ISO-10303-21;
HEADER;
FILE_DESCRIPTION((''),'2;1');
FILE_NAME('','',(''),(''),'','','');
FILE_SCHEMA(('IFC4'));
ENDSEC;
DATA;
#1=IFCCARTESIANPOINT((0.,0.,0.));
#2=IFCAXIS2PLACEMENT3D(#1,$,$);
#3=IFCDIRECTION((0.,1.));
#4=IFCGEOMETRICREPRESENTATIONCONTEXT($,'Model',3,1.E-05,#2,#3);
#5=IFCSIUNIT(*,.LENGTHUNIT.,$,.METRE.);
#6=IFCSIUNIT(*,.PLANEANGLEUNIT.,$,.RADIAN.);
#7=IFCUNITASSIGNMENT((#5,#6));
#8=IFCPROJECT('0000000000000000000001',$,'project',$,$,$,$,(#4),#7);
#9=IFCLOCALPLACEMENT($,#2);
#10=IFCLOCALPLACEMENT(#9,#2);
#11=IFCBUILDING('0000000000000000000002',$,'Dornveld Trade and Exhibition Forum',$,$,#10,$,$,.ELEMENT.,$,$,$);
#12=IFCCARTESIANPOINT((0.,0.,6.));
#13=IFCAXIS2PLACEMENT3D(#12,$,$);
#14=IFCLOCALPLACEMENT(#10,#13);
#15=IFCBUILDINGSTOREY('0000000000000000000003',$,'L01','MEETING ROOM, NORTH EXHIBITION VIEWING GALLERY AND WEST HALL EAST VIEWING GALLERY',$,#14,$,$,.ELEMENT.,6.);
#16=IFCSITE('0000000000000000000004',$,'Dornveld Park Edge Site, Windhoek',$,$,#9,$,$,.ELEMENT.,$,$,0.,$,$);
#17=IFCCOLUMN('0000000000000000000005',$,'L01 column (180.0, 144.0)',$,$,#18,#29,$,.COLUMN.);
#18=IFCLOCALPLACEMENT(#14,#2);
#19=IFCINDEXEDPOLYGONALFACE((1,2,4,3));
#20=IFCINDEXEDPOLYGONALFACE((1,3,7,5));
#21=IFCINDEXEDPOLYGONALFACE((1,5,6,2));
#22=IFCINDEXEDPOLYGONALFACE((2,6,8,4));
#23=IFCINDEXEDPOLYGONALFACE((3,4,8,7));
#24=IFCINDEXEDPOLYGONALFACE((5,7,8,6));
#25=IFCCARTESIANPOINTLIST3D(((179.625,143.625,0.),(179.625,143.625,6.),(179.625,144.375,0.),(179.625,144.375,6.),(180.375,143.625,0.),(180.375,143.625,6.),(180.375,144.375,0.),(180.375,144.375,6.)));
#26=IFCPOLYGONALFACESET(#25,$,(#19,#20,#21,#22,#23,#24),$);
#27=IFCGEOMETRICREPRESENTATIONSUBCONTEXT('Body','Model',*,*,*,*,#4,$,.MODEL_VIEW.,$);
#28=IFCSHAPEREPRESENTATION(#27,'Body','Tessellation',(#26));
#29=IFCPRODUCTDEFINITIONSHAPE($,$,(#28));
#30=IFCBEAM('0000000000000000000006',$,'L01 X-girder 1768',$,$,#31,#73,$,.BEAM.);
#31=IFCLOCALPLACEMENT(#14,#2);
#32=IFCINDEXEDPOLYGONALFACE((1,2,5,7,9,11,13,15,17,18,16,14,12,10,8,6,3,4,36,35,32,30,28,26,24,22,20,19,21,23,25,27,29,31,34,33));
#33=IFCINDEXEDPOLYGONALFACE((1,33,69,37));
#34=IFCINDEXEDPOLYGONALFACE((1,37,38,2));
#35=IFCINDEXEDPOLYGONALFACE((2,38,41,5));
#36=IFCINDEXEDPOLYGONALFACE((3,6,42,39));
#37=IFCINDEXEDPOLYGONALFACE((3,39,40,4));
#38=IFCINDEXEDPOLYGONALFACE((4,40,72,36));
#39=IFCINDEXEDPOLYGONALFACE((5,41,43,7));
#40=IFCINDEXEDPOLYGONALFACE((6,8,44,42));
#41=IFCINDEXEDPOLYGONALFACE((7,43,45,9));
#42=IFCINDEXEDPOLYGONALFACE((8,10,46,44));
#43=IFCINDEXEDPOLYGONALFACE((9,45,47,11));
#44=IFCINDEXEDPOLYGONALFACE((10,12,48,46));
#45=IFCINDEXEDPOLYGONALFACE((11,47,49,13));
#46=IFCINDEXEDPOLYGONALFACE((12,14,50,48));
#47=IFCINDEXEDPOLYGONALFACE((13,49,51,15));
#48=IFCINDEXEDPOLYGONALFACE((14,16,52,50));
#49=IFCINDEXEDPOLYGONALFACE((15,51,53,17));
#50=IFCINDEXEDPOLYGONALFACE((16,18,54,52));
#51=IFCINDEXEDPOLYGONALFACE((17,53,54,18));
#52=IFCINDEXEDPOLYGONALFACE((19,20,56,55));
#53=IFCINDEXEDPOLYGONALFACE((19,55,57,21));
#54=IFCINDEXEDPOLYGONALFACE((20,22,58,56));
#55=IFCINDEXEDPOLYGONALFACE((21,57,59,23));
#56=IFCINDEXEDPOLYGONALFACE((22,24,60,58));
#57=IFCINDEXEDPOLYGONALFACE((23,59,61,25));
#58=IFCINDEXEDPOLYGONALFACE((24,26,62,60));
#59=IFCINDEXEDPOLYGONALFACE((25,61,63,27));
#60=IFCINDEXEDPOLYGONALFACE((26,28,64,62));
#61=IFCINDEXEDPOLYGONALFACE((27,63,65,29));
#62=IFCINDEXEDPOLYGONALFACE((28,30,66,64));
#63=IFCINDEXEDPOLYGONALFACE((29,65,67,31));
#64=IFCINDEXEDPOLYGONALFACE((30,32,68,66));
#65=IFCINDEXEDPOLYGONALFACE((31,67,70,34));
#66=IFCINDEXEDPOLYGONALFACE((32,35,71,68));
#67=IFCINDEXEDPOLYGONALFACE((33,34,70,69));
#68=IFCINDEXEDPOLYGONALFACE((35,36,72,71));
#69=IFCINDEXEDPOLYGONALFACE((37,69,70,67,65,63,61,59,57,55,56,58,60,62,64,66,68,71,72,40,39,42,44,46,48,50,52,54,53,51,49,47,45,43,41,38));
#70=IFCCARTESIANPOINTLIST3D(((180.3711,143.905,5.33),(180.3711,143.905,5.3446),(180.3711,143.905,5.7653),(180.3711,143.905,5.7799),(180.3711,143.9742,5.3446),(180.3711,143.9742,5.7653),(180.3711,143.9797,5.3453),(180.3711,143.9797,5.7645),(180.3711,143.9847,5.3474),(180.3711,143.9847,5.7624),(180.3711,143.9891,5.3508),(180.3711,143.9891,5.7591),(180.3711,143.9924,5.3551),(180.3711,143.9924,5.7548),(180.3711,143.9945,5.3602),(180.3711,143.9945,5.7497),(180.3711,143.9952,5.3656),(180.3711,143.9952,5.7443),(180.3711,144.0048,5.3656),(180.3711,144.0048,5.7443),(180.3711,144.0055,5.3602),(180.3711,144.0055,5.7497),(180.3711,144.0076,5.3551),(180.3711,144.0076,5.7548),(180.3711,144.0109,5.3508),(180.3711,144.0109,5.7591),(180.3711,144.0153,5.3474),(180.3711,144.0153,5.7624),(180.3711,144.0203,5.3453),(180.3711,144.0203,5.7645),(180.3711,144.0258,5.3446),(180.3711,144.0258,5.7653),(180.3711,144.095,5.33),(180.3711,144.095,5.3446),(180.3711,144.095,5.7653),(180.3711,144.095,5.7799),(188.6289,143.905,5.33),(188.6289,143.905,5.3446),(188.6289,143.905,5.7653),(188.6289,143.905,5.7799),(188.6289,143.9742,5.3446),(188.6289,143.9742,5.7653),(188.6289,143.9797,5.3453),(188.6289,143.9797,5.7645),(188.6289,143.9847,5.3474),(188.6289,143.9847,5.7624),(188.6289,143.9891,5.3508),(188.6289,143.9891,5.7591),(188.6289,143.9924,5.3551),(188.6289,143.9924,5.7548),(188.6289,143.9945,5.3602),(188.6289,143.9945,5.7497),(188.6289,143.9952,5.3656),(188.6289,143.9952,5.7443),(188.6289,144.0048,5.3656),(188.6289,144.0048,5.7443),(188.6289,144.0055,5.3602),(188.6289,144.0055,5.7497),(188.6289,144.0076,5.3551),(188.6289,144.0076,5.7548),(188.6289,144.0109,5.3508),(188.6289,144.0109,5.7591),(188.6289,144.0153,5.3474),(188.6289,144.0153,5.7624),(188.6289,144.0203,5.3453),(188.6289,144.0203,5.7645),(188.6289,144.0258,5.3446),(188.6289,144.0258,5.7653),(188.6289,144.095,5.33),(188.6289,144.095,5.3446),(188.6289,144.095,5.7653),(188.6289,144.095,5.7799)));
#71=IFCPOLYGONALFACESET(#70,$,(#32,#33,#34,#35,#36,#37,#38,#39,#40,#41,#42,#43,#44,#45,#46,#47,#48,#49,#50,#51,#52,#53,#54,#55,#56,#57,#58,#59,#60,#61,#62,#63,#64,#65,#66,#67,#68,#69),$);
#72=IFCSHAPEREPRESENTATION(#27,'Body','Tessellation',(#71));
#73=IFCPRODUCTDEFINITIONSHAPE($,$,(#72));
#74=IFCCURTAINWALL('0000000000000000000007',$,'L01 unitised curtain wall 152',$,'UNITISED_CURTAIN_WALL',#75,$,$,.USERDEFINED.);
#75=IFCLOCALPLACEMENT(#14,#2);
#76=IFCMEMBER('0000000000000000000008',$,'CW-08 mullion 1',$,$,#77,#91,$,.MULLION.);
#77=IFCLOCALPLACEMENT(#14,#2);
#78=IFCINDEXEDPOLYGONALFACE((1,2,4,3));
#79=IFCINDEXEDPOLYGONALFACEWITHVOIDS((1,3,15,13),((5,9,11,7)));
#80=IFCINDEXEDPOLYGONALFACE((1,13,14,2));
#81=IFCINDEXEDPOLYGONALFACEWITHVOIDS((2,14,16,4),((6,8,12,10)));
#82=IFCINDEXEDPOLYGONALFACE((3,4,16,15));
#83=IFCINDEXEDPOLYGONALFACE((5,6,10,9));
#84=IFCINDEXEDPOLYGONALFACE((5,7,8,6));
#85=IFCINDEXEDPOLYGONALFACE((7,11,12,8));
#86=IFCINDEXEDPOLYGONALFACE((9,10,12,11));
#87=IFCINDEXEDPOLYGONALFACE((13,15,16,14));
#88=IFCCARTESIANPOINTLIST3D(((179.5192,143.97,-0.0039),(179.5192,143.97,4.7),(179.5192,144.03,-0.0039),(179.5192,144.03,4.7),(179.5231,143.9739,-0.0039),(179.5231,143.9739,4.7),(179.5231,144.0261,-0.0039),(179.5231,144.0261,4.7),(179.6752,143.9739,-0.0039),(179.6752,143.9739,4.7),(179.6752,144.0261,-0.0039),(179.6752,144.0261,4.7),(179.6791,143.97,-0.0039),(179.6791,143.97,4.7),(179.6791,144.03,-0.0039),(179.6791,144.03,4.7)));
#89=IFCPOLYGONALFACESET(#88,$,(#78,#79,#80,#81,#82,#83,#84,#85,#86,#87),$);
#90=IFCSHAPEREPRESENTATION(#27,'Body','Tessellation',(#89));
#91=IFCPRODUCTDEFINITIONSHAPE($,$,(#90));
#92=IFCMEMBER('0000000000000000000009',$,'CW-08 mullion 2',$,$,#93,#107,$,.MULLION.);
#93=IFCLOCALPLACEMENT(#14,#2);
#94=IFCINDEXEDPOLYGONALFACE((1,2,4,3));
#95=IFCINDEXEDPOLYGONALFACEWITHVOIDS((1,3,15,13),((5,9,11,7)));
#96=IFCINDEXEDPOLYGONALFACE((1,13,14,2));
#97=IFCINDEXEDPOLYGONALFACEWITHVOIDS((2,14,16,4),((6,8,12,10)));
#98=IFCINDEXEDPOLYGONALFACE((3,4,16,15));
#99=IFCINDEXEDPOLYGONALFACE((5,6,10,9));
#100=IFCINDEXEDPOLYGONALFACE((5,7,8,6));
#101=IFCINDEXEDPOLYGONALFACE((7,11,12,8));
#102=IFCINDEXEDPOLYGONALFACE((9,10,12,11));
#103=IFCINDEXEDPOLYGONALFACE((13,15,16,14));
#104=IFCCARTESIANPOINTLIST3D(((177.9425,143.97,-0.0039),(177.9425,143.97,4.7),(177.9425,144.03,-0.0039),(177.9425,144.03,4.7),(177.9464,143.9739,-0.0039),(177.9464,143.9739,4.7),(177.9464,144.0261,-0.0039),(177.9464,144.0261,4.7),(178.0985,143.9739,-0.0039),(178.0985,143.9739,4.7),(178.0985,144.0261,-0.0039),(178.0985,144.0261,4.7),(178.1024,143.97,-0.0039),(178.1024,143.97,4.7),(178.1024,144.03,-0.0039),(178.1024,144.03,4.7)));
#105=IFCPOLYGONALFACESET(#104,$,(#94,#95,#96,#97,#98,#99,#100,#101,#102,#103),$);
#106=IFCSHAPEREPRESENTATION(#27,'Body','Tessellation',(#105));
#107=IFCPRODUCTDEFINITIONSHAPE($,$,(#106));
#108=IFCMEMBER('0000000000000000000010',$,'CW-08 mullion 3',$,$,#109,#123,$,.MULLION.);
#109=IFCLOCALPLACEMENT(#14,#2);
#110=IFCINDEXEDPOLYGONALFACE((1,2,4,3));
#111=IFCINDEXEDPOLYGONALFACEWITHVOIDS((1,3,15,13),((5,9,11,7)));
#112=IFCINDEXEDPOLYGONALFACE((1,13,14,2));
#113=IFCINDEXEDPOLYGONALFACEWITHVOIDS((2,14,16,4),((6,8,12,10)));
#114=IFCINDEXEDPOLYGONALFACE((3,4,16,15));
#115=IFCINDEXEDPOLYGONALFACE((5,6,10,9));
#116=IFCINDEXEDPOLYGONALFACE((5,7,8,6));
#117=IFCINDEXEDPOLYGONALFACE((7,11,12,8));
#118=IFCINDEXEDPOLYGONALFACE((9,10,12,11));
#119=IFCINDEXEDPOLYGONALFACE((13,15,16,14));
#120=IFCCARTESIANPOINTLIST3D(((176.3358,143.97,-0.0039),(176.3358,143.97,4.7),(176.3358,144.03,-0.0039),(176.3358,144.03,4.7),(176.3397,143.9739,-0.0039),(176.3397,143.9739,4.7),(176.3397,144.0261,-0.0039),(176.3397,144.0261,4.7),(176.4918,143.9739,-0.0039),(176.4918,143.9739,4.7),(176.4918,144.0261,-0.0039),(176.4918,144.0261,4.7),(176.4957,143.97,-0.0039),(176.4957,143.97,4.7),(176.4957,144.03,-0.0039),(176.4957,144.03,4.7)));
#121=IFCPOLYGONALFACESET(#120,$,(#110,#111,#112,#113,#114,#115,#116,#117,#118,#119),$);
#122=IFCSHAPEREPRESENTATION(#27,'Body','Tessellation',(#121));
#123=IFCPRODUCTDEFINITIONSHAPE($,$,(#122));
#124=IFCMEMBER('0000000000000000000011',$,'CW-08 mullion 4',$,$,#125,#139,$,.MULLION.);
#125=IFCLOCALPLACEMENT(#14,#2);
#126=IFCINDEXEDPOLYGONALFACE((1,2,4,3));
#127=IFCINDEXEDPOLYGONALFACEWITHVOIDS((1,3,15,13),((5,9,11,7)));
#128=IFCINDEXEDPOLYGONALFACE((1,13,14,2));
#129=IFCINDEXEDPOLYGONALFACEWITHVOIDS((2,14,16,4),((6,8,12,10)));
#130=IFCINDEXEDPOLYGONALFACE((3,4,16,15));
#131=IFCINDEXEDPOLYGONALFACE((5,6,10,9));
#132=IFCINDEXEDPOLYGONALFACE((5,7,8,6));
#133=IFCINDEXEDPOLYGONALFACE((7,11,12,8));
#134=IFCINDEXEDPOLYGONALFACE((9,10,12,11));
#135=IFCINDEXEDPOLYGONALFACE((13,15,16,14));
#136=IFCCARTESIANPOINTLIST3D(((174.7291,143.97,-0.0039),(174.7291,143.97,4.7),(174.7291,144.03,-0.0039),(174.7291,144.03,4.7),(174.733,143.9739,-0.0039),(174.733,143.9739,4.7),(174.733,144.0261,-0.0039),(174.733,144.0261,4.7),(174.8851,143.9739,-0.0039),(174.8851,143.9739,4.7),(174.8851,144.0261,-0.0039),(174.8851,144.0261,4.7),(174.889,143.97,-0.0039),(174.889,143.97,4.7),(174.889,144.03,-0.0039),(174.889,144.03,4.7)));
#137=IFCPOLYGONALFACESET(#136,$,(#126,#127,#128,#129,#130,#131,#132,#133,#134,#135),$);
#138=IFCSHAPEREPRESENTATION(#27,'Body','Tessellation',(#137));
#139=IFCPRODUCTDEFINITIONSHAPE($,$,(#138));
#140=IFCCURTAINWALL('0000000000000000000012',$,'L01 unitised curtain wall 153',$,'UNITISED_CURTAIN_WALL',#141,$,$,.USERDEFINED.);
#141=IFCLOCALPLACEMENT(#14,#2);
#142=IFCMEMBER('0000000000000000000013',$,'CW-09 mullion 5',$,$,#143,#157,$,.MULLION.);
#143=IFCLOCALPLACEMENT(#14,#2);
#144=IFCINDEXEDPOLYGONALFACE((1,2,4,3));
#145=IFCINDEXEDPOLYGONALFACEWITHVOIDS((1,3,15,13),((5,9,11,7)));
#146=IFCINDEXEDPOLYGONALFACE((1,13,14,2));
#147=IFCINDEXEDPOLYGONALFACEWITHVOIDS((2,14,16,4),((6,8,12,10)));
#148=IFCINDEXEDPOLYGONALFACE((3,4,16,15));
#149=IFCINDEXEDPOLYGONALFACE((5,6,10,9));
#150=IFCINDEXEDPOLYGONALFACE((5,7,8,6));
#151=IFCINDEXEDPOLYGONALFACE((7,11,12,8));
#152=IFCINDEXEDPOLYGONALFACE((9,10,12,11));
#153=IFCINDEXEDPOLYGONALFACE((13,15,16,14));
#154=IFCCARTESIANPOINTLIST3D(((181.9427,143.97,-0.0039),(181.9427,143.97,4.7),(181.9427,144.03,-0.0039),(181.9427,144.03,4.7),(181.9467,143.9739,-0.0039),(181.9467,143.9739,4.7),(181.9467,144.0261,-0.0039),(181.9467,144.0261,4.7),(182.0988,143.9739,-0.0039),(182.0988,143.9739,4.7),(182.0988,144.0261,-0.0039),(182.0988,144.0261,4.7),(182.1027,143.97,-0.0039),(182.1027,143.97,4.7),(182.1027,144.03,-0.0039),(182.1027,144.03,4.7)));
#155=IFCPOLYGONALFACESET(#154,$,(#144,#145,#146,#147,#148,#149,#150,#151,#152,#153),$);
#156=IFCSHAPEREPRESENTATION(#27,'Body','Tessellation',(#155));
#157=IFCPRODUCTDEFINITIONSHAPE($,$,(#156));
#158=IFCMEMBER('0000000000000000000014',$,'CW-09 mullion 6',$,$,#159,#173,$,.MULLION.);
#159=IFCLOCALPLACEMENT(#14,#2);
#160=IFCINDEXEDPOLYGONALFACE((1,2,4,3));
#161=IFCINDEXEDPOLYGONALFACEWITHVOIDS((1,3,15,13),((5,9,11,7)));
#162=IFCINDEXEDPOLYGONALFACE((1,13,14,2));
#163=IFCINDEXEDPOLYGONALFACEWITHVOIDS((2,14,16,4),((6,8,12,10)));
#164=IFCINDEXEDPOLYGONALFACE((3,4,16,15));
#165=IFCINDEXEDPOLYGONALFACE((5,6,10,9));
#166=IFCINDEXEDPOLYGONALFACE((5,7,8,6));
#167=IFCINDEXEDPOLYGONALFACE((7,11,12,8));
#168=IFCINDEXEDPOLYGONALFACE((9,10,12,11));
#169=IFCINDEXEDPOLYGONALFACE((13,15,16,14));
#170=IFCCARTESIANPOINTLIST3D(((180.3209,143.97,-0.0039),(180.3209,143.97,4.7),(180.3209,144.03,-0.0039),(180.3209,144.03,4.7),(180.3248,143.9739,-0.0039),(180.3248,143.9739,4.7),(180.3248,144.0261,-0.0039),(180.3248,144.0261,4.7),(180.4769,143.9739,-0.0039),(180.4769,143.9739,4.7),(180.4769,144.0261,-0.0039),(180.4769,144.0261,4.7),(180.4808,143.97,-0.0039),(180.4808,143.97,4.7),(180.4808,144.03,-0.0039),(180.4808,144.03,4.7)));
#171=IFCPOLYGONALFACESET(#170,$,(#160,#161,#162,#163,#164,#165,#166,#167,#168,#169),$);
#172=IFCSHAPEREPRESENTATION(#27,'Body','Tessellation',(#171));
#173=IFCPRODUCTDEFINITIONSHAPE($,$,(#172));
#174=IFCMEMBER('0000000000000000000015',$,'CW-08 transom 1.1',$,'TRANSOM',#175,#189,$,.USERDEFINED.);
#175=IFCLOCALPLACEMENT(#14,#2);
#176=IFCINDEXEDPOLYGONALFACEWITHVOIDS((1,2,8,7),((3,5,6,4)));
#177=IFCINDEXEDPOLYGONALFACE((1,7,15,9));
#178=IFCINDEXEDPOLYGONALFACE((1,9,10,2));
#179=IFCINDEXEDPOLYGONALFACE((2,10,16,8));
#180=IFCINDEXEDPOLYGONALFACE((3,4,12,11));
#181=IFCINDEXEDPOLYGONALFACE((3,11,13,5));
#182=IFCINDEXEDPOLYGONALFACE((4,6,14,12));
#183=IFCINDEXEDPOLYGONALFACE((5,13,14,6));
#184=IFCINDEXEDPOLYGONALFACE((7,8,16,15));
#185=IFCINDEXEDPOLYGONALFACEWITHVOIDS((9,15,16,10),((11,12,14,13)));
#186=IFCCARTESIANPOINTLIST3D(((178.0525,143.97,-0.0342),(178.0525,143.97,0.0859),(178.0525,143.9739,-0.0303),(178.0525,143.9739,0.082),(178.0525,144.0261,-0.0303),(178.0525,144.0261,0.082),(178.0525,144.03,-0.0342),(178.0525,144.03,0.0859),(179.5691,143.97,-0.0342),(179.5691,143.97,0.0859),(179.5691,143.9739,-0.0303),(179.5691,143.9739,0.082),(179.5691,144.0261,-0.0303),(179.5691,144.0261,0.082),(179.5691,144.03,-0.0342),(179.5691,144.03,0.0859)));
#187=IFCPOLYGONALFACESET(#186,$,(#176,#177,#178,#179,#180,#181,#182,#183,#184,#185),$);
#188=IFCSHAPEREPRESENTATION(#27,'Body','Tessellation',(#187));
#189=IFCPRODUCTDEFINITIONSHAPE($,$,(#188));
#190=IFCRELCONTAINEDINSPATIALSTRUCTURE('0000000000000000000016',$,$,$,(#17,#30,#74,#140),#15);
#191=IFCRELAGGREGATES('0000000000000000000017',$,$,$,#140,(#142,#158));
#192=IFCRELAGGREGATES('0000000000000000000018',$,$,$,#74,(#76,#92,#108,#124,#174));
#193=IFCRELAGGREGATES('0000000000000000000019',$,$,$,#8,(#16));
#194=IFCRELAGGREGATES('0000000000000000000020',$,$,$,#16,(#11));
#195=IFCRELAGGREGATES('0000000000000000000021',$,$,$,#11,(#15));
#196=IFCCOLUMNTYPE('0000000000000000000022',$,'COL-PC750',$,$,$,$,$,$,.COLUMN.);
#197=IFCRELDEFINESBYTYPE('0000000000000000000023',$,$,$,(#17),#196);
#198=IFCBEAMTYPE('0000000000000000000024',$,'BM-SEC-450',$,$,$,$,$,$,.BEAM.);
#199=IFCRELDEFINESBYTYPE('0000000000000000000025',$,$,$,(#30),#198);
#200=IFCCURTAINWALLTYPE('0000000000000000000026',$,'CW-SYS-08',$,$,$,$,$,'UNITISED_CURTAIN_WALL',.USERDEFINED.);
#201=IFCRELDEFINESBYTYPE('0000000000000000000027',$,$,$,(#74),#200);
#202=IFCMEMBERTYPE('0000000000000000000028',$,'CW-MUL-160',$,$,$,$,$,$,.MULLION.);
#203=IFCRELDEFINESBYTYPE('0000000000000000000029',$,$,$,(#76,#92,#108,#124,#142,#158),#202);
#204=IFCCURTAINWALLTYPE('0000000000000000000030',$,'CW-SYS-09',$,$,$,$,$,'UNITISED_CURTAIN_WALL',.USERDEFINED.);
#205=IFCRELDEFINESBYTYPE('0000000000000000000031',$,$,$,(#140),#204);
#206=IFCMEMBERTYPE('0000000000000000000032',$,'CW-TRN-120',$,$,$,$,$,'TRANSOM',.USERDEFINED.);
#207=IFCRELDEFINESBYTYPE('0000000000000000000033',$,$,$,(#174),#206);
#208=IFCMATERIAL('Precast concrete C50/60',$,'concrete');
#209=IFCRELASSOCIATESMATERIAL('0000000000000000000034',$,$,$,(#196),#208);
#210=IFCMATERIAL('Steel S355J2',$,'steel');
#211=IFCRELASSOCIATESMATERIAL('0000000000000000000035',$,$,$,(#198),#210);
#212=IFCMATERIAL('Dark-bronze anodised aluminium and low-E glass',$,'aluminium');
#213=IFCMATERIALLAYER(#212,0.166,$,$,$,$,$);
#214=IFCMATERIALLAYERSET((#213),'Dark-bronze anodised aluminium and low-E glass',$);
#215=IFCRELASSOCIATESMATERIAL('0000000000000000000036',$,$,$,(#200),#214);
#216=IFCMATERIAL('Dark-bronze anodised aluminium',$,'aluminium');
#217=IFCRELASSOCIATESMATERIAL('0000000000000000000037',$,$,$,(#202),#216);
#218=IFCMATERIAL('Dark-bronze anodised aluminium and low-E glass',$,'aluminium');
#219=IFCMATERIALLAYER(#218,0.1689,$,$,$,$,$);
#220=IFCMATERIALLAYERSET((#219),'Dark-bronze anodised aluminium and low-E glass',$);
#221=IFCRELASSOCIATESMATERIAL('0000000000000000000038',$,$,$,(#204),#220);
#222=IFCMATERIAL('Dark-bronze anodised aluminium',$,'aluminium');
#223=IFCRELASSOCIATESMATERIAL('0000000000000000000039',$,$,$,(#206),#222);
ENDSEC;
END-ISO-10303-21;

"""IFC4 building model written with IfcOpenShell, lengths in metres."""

from ifc_helpers import new_model, si_unit, direction, frame, origin, origin_2d, place, context, subcontext, project, spatial, rectangle, hollow_rectangle, i_section, extrude, material, layer, layer_set, material_profile, profile_set, type_object, element, aggregate, save


model = new_model("IFC4")

# Units and contexts
model_context = context("Model", 3, precision=1e-05, world=origin(), true_north=direction((0.0, 1.0)))
body_context = subcontext(model_context, "Body", "Model", "MODEL_VIEW")
ifc_project = project(units=[si_unit("LENGTHUNIT", "METRE"), si_unit("PLANEANGLEUNIT", "RADIAN")], contexts=[model_context])

# Site, building, storey
site_placement = place(None, origin())
site = spatial("IfcSite", under=ifc_project, at=site_placement, Name="Dornveld Park Edge Site, Windhoek", CompositionType="ELEMENT", RefElevation=0.0)
building_placement = place(site_placement, origin())
building = spatial("IfcBuilding", under=site, at=building_placement, Name="Dornveld Trade and Exhibition Forum", CompositionType="ELEMENT")
storey_placement = place(building_placement, frame((0.0, 0.0, 6.0)))
storey = spatial("IfcBuildingStorey", under=building, at=storey_placement, Name="L01", Description="MEETING ROOM, NORTH EXHIBITION VIEWING GALLERY AND WEST HALL EAST VIEWING GALLERY", CompositionType="ELEMENT", Elevation=6.0)

# Column
ifc_material_1 = material(Name="Precast concrete C50/60", Category="concrete")
ifc_material_profile_1 = material_profile(ifc_material_1, rectangle(XDim=0.75, YDim=0.75, at=origin_2d()), Name="PC-COL 750x750")
ifc_profile_set_1 = profile_set([ifc_material_profile_1], Name="Precast concrete C50/60")
column_type = type_object("IfcColumnType", Name="COL-PC750", PredefinedType="COLUMN", material=ifc_profile_set_1)
column_placement = place(storey_placement, frame((180.0, 144.0, 0.0), z_axis=(0.0, 0.0, 1.0), x_axis=(1.0, 0.0, 0.0)))
element("IfcColumn", 1, at=column_placement, inside=storey, type_object=column_type, Name="L01 column (180.0, 144.0)", PredefinedType="COLUMN", context=body_context, shape_type="SweptSolid", body=[
    extrude(rectangle(XDim=0.75, YDim=0.75, at=origin_2d()), origin(), (0.0, 0.0, 1.0), 6.0),
])

# Beam
ifc_material_2 = material(Name="Steel S355J2", Category="steel")
ifc_material_profile_2 = material_profile(ifc_material_2, i_section(OverallWidth=0.1899, OverallDepth=0.45, WebThickness=0.0095, FlangeThickness=0.0146, FilletRadius=0.021, at=origin_2d()), Name="IPE 450")
ifc_profile_set_2 = profile_set([ifc_material_profile_2], Name="Steel S355J2")
beam_type = type_object("IfcBeamType", Name="BM-SEC-450", PredefinedType="BEAM", material=ifc_profile_set_2)
beam_placement = place(storey_placement, frame((180.3711, 144.0, 5.5549), z_axis=(1.0, 0.0, 0.0), x_axis=(0.0, 1.0, 0.0)))
element("IfcBeam", 2, at=beam_placement, inside=storey, type_object=beam_type, Name="L01 X-girder 1768", PredefinedType="BEAM", context=body_context, shape_type="SweptSolid", body=[
    extrude(i_section(OverallWidth=0.1899, OverallDepth=0.45, WebThickness=0.0095, FlangeThickness=0.0146, FilletRadius=0.021, at=origin_2d()), origin(), (0.0, 0.0, 1.0), 8.2578),
])

# Curtain walls, members
ifc_material_3 = material(Name="Dark-bronze anodised aluminium and low-E glass", Category="aluminium")
ifc_layer_1 = layer(ifc_material_3, 0.166)
ifc_layer_set_1 = layer_set([ifc_layer_1], Name="Dark-bronze anodised aluminium and low-E glass")
curtain_wall_type_1 = type_object("IfcCurtainWallType", Name="CW-SYS-08", ElementType="UNITISED_CURTAIN_WALL", PredefinedType="USERDEFINED", material=ifc_layer_set_1)
curtain_wall_1_placement = place(storey_placement, origin())
curtain_wall_1 = element("IfcCurtainWall", 3, at=curtain_wall_1_placement, inside=storey, type_object=curtain_wall_type_1, Name="L01 unitised curtain wall 152", ObjectType="UNITISED_CURTAIN_WALL", PredefinedType="USERDEFINED")
ifc_material_4 = material(Name="Dark-bronze anodised aluminium", Category="aluminium")
ifc_material_profile_3 = material_profile(ifc_material_4, hollow_rectangle(XDim=0.0601, YDim=0.1599, WallThickness=0.0039, at=origin_2d()), Name="RHS 160x60x4")
ifc_profile_set_3 = profile_set([ifc_material_profile_3], Name="Dark-bronze anodised aluminium")
member_type_1 = type_object("IfcMemberType", Name="CW-MUL-160", PredefinedType="MULLION", material=ifc_profile_set_3)
member_1_placement = place(storey_placement, frame((179.5991, 144.0, -0.0039), z_axis=(0.0, 0.0, 1.0), x_axis=(0.0, -1.0, 0.0)))
member_1 = element("IfcMember", 4, at=member_1_placement, type_object=member_type_1, Name="CW-08 mullion 1", PredefinedType="MULLION", context=body_context, shape_type="SweptSolid", body=[
    extrude(hollow_rectangle(XDim=0.0601, YDim=0.1599, WallThickness=0.0039, at=origin_2d()), origin(), (0.0, 0.0, 1.0), 4.7039),
])
member_2_placement = place(storey_placement, frame((178.0225, 144.0, -0.0039), z_axis=(0.0, 0.0, 1.0), x_axis=(0.0, -1.0, 0.0)))
member_2 = element("IfcMember", 5, at=member_2_placement, type_object=member_type_1, Name="CW-08 mullion 2", PredefinedType="MULLION", context=body_context, shape_type="SweptSolid", body=[
    extrude(hollow_rectangle(XDim=0.0601, YDim=0.1599, WallThickness=0.0039, at=origin_2d()), origin(), (0.0, 0.0, 1.0), 4.7039),
])
member_3_placement = place(storey_placement, frame((176.4158, 144.0, -0.0039), z_axis=(0.0, 0.0, 1.0), x_axis=(0.0, -1.0, 0.0)))
member_3 = element("IfcMember", 6, at=member_3_placement, type_object=member_type_1, Name="CW-08 mullion 3", PredefinedType="MULLION", context=body_context, shape_type="SweptSolid", body=[
    extrude(hollow_rectangle(XDim=0.0601, YDim=0.1599, WallThickness=0.0039, at=origin_2d()), origin(), (0.0, 0.0, 1.0), 4.7039),
])
member_4_placement = place(storey_placement, frame((174.8091, 144.0, -0.0039), z_axis=(0.0, 0.0, 1.0), x_axis=(0.0, -1.0, 0.0)))
member_4 = element("IfcMember", 7, at=member_4_placement, type_object=member_type_1, Name="CW-08 mullion 4", PredefinedType="MULLION", context=body_context, shape_type="SweptSolid", body=[
    extrude(hollow_rectangle(XDim=0.0601, YDim=0.1599, WallThickness=0.0039, at=origin_2d()), origin(), (0.0, 0.0, 1.0), 4.7039),
])
ifc_material_5 = material(Name="Dark-bronze anodised aluminium and low-E glass", Category="aluminium")
ifc_layer_2 = layer(ifc_material_5, 0.1689)
ifc_layer_set_2 = layer_set([ifc_layer_2], Name="Dark-bronze anodised aluminium and low-E glass")
curtain_wall_type_2 = type_object("IfcCurtainWallType", Name="CW-SYS-09", ElementType="UNITISED_CURTAIN_WALL", PredefinedType="USERDEFINED", material=ifc_layer_set_2)
curtain_wall_2_placement = place(storey_placement, origin())
curtain_wall_2 = element("IfcCurtainWall", 8, at=curtain_wall_2_placement, inside=storey, type_object=curtain_wall_type_2, Name="L01 unitised curtain wall 153", ObjectType="UNITISED_CURTAIN_WALL", PredefinedType="USERDEFINED")
member_5_placement = place(storey_placement, frame((182.0227, 144.0, -0.0039), z_axis=(0.0, 0.0, 1.0), x_axis=(0.0, -1.0, 0.0)))
member_5 = element("IfcMember", 9, at=member_5_placement, type_object=member_type_1, Name="CW-09 mullion 5", PredefinedType="MULLION", context=body_context, shape_type="SweptSolid", body=[
    extrude(hollow_rectangle(XDim=0.0601, YDim=0.1599, WallThickness=0.0039, at=origin_2d()), origin(), (0.0, 0.0, 1.0), 4.7039),
])
member_6_placement = place(storey_placement, frame((180.4009, 144.0, -0.0039), z_axis=(0.0, 0.0, 1.0), x_axis=(0.0, -1.0, 0.0)))
member_6 = element("IfcMember", 10, at=member_6_placement, type_object=member_type_1, Name="CW-09 mullion 6", PredefinedType="MULLION", context=body_context, shape_type="SweptSolid", body=[
    extrude(hollow_rectangle(XDim=0.0601, YDim=0.1599, WallThickness=0.0039, at=origin_2d()), origin(), (0.0, 0.0, 1.0), 4.7039),
])

# Member
ifc_material_6 = material(Name="Dark-bronze anodised aluminium", Category="aluminium")
ifc_material_profile_4 = material_profile(ifc_material_6, hollow_rectangle(XDim=0.0601, YDim=0.1201, WallThickness=0.0039, at=origin_2d()), Name="RHS 120x60x4")
ifc_profile_set_4 = profile_set([ifc_material_profile_4], Name="Dark-bronze anodised aluminium")
member_type_2 = type_object("IfcMemberType", Name="CW-TRN-120", ElementType="TRANSOM", PredefinedType="USERDEFINED", material=ifc_profile_set_4)
member_7_placement = place(storey_placement, frame((179.5691, 144.0, 0.0259), z_axis=(-1.0, 0.0, 0.0), x_axis=(0.0, -1.0, 0.0)))
member_7 = element("IfcMember", 11, at=member_7_placement, type_object=member_type_2, Name="CW-08 transom 1.1", ObjectType="TRANSOM", PredefinedType="USERDEFINED", context=body_context, shape_type="SweptSolid", body=[
    extrude(hollow_rectangle(XDim=0.0601, YDim=0.1201, WallThickness=0.0039, at=origin_2d()), origin(), (0.0, 0.0, 1.0), 1.5166),
])

aggregate(curtain_wall_2, [member_5, member_6])
aggregate(curtain_wall_1, [member_1, member_2, member_3, member_4, member_7])

save(model, "model.ifc")
